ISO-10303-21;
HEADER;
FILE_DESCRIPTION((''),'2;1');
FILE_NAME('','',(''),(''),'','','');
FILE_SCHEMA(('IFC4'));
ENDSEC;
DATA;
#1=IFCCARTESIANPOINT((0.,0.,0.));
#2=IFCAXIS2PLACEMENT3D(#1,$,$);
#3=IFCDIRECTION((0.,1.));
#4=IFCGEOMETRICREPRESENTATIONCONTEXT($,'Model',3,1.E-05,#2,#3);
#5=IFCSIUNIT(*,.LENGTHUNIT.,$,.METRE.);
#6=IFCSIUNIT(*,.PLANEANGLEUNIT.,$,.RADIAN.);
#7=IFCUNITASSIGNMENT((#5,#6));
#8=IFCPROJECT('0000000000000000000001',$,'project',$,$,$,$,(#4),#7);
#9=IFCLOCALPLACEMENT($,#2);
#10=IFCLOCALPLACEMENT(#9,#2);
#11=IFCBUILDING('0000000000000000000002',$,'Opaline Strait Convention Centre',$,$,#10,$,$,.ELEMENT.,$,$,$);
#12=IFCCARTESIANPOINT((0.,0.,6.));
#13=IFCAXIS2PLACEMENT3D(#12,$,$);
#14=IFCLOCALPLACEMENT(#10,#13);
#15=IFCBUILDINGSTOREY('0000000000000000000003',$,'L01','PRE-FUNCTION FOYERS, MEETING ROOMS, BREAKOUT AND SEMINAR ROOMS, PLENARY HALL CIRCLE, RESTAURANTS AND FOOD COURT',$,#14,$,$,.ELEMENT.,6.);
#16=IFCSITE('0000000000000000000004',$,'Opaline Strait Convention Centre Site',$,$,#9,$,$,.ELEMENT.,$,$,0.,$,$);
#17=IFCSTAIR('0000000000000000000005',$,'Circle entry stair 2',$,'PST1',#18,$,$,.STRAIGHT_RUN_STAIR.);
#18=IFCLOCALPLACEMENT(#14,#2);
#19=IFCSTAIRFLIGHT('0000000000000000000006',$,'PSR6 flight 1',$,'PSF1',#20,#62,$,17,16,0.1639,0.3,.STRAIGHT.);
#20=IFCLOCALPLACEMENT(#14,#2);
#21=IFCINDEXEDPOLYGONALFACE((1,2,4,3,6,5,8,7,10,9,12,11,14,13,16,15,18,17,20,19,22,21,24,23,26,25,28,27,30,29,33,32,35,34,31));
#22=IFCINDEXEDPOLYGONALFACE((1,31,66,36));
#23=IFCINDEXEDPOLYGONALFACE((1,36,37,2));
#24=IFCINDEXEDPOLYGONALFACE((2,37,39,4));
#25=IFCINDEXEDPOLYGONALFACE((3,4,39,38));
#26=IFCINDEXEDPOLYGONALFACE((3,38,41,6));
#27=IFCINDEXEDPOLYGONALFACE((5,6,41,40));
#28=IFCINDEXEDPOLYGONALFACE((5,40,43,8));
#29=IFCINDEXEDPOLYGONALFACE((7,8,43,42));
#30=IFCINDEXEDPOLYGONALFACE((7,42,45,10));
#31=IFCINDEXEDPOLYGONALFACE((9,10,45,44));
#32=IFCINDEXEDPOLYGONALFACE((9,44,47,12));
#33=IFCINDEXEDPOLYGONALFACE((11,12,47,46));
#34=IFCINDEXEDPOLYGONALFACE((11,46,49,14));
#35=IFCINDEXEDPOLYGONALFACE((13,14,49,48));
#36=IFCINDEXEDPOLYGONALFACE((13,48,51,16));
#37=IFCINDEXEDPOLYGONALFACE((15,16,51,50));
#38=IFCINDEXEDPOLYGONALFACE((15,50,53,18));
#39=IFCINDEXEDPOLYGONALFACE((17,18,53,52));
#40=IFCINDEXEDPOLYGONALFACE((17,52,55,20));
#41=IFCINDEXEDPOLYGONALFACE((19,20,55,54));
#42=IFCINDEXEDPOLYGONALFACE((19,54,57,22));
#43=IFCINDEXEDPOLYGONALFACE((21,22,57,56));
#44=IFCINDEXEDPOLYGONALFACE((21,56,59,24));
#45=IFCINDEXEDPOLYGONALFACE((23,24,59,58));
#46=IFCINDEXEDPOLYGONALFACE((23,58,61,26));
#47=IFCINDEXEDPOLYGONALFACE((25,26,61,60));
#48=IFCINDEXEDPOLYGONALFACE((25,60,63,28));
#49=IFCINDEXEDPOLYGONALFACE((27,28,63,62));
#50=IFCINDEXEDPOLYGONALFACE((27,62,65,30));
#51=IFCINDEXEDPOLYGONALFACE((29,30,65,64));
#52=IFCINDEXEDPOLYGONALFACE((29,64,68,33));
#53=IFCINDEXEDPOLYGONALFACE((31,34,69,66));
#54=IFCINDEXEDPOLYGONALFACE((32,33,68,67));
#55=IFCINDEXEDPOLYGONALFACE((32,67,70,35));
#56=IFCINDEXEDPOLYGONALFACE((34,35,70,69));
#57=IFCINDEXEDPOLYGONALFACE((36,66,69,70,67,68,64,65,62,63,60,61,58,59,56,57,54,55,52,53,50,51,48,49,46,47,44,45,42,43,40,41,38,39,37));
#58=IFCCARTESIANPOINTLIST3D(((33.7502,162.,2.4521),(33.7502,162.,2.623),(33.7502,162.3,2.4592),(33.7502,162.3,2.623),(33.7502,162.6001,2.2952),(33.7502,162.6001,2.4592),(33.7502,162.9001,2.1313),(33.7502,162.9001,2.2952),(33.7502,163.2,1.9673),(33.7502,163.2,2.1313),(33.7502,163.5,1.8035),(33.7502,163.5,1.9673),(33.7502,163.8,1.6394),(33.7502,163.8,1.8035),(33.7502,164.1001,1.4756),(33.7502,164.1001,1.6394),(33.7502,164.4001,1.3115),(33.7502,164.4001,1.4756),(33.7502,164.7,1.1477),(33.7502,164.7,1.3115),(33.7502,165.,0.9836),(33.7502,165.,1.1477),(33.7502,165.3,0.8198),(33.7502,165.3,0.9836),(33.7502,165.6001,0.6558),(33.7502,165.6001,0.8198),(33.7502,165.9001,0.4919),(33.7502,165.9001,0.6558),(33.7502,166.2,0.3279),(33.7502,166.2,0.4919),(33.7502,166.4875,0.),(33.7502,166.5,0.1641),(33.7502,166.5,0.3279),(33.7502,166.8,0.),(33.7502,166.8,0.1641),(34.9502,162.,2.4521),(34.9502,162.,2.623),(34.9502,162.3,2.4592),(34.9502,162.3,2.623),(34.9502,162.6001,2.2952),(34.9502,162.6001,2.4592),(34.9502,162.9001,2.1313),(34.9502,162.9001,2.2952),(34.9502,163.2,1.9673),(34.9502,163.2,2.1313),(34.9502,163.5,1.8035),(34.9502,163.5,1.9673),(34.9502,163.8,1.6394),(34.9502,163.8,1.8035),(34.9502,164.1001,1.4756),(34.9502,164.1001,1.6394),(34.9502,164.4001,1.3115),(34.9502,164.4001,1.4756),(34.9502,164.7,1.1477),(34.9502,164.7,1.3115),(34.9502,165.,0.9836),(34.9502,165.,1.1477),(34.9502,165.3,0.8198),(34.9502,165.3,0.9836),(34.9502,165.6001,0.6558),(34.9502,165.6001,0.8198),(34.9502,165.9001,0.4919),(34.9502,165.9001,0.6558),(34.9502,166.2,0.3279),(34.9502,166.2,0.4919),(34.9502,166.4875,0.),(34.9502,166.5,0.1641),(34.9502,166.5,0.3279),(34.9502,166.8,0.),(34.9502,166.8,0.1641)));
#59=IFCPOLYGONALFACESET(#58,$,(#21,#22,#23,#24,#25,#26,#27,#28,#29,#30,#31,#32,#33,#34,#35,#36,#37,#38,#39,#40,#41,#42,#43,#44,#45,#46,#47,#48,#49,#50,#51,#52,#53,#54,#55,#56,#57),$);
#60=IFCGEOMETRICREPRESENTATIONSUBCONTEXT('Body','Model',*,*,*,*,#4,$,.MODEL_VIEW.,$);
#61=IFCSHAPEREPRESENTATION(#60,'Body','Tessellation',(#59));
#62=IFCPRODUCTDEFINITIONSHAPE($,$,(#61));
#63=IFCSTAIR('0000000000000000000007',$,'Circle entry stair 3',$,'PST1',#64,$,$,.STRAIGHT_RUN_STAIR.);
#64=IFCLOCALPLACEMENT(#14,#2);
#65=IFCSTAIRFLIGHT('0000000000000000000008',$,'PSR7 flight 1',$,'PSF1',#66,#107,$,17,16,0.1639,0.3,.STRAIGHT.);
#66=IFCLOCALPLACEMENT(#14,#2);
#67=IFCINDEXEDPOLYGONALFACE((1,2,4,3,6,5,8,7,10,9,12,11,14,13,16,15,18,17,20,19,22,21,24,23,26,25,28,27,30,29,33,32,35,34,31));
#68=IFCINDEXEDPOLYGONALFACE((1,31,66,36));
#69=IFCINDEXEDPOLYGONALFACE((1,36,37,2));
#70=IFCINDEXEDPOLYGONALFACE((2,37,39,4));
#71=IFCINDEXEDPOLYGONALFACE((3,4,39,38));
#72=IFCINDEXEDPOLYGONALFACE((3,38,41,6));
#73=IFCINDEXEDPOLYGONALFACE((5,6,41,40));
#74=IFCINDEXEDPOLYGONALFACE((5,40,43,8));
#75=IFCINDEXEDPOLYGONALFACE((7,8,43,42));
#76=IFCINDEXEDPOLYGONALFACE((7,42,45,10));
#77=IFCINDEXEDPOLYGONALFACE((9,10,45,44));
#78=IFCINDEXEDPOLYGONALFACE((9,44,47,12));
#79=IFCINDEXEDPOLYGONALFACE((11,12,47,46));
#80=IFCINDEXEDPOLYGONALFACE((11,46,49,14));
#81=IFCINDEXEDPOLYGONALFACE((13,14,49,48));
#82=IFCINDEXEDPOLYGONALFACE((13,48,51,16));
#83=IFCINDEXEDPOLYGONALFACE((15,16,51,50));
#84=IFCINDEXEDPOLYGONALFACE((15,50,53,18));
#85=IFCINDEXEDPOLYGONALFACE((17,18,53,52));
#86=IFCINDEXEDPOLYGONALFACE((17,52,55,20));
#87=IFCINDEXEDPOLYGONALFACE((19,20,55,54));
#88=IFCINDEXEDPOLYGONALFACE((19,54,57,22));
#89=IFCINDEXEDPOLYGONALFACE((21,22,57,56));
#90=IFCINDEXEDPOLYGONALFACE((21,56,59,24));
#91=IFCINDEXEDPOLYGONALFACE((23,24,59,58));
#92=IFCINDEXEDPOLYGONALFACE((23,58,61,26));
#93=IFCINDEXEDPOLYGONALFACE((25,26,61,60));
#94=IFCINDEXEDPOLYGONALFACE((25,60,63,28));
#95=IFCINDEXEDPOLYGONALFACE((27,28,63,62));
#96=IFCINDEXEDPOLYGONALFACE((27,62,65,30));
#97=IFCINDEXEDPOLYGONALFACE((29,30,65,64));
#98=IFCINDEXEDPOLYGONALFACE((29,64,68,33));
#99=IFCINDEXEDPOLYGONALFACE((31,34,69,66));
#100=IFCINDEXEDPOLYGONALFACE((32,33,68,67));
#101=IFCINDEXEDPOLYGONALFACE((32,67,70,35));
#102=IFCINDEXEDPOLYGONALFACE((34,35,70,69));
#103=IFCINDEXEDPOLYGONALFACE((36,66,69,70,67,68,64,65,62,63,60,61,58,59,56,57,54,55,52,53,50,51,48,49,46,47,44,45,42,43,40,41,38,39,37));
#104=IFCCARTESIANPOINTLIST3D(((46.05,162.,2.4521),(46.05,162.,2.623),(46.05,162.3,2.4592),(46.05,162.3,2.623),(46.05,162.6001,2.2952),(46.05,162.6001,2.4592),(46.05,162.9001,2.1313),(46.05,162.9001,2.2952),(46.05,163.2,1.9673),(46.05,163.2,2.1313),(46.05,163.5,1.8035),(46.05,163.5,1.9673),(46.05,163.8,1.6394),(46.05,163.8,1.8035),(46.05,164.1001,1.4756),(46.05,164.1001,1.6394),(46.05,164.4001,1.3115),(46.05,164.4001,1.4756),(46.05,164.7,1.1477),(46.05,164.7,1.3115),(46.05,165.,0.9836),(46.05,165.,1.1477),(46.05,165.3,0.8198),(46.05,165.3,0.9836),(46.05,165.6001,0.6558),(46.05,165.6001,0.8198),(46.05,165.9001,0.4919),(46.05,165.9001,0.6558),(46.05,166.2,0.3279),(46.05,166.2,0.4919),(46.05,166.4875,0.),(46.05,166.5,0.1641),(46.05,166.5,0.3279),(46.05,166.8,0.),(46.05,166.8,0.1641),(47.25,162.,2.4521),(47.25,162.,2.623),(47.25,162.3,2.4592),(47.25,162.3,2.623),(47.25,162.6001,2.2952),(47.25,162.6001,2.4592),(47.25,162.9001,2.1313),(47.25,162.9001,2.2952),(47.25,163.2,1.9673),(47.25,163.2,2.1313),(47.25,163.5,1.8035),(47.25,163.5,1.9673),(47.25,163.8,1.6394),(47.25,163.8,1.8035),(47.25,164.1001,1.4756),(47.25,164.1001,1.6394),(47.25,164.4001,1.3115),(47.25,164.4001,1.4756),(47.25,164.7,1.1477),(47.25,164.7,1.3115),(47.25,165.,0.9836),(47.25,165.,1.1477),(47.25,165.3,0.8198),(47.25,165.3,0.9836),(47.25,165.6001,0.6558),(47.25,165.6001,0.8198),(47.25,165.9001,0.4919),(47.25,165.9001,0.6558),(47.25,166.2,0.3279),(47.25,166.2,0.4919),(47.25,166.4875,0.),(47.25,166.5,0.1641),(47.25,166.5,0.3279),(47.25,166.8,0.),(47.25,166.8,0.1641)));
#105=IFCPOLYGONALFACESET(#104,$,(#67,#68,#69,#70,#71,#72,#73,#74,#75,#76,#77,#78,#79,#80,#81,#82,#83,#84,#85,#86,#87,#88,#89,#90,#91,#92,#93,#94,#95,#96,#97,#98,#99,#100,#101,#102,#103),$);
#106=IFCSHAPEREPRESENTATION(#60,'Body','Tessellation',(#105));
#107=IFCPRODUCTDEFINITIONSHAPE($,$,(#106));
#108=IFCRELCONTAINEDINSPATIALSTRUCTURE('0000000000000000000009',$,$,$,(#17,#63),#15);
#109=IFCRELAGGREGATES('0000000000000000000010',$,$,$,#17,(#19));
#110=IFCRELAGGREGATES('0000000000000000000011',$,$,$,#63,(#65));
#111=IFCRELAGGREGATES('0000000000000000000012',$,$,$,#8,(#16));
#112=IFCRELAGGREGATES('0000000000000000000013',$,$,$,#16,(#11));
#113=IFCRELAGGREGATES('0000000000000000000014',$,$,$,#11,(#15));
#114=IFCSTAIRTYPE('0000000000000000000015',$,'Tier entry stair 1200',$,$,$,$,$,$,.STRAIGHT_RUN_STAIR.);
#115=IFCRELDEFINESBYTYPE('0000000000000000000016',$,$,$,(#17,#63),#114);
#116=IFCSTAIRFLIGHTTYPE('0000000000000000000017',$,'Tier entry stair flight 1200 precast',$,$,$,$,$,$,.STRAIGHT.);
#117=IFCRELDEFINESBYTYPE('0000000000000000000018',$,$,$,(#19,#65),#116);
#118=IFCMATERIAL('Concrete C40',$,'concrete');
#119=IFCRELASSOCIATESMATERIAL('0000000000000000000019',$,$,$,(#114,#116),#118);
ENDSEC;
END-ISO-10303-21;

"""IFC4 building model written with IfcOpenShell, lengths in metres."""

from ifc_helpers import new_model, si_unit, direction, frame, origin, place, context, subcontext, project, spatial, polyline, outline, extrude, material, type_object, element, aggregate, save


model = new_model("IFC4")

# Units and contexts
model_context = context("Model", 3, precision=1e-05, world=origin(), true_north=direction((0.0, 1.0)))
body_context = subcontext(model_context, "Body", "Model", "MODEL_VIEW")
ifc_project = project(units=[si_unit("LENGTHUNIT", "METRE"), si_unit("PLANEANGLEUNIT", "RADIAN")], contexts=[model_context])

# Site, building, storey
site_placement = place(None, origin())
site = spatial("IfcSite", under=ifc_project, at=site_placement, Name="Opaline Strait Convention Centre Site", CompositionType="ELEMENT", RefElevation=0.0)
building_placement = place(site_placement, origin())
building = spatial("IfcBuilding", under=site, at=building_placement, Name="Opaline Strait Convention Centre", CompositionType="ELEMENT")
storey_placement = place(building_placement, frame((0.0, 0.0, 6.0)))
storey = spatial("IfcBuildingStorey", under=building, at=storey_placement, Name="L01", Description="PRE-FUNCTION FOYERS, MEETING ROOMS, BREAKOUT AND SEMINAR ROOMS, PLENARY HALL CIRCLE, RESTAURANTS AND FOOD COURT", CompositionType="ELEMENT", Elevation=6.0)

# Shared definitions
ifc_material_1 = material(Name="Concrete C40", Category="concrete")

# Stairs, stair flights
stair_type = type_object("IfcStairType", Name="Tier entry stair 1200", PredefinedType="STRAIGHT_RUN_STAIR", material=ifc_material_1)
stair_1_placement = place(storey_placement, origin())
stair_1 = element("IfcStair", 1, at=stair_1_placement, inside=storey, type_object=stair_type, Name="Circle entry stair 2", ObjectType="PST1", PredefinedType="STRAIGHT_RUN_STAIR")
stair_flight_type = type_object("IfcStairFlightType", Name="Tier entry stair flight 1200 precast", PredefinedType="STRAIGHT", material=ifc_material_1)
stair_flight_1_placement = place(storey_placement, frame((34.3501, 166.8, 0.0), z_axis=(0.0, 0.0, 1.0), x_axis=(0.0, -1.0, 0.0)))
stair_flight_1 = element("IfcStairFlight", 2, at=stair_flight_1_placement, type_object=stair_flight_type, Name="PSR6 flight 1", ObjectType="PSF1", NumberOfRisers=17, NumberOfTreads=16, PredefinedType="STRAIGHT", RiserHeight=0.1639, TreadLength=0.3, context=body_context, shape_type="SweptSolid", body=[
    extrude(outline(polyline([(0.0, 0.0), (0.0, 0.1641), (0.3, 0.1641), (0.3, 0.3279), (0.6001, 0.3279), (0.6001, 0.4919), (0.8999, 0.4919), (0.8999, 0.6558), (1.2, 0.6558), (1.2, 0.8198), (1.5, 0.8198), (1.5, 0.9836), (1.8, 0.9836), (1.8, 1.1477), (2.1001, 1.1477), (2.1001, 1.3115), (2.3999, 1.3115), (2.3999, 1.4756), (2.7, 1.4756), (2.7, 1.6394), (3.0, 1.6394), (3.0, 1.8035), (3.3, 1.8035), (3.3, 1.9673), (3.6001, 1.9673), (3.6001, 2.1313), (3.8999, 2.1313), (3.8999, 2.2952), (4.2, 2.2952), (4.2, 2.4592), (4.5, 2.4592), (4.5, 2.623), (4.8, 2.623), (4.8, 2.7871), (4.8, 2.4521), (0.3125, 0.0), (0.0, 0.0)])), frame((0.0, 0.6001, 0.0), z_axis=(0.0, -1.0, 0.0), x_axis=(1.0, 0.0, 0.0)), (0.0, 0.0, 1.0), 1.2),
])
aggregate(stair_1, [stair_flight_1])
stair_2_placement = place(storey_placement, origin())
stair_2 = element("IfcStair", 3, at=stair_2_placement, inside=storey, type_object=stair_type, Name="Circle entry stair 3", ObjectType="PST1", PredefinedType="STRAIGHT_RUN_STAIR")
stair_flight_2_placement = place(storey_placement, frame((46.6499, 166.8, 0.0), z_axis=(0.0, 0.0, 1.0), x_axis=(0.0, -1.0, 0.0)))
stair_flight_2 = element("IfcStairFlight", 4, at=stair_flight_2_placement, type_object=stair_flight_type, Name="PSR7 flight 1", ObjectType="PSF1", NumberOfRisers=17, NumberOfTreads=16, PredefinedType="STRAIGHT", RiserHeight=0.1639, TreadLength=0.3, context=body_context, shape_type="SweptSolid", body=[
    extrude(outline(polyline([(0.0, 0.0), (0.0, 0.1641), (0.3, 0.1641), (0.3, 0.3279), (0.6001, 0.3279), (0.6001, 0.4919), (0.8999, 0.4919), (0.8999, 0.6558), (1.2, 0.6558), (1.2, 0.8198), (1.5, 0.8198), (1.5, 0.9836), (1.8, 0.9836), (1.8, 1.1477), (2.1001, 1.1477), (2.1001, 1.3115), (2.3999, 1.3115), (2.3999, 1.4756), (2.7, 1.4756), (2.7, 1.6394), (3.0, 1.6394), (3.0, 1.8035), (3.3, 1.8035), (3.3, 1.9673), (3.6001, 1.9673), (3.6001, 2.1313), (3.8999, 2.1313), (3.8999, 2.2952), (4.2, 2.2952), (4.2, 2.4592), (4.5, 2.4592), (4.5, 2.623), (4.8, 2.623), (4.8, 2.7871), (4.8, 2.4521), (0.3125, 0.0), (0.0, 0.0)])), frame((0.0, 0.6001, 0.0), z_axis=(0.0, -1.0, 0.0), x_axis=(1.0, 0.0, 0.0)), (0.0, 0.0, 1.0), 1.2),
])
aggregate(stair_2, [stair_flight_2])

save(model, "model.ifc")
